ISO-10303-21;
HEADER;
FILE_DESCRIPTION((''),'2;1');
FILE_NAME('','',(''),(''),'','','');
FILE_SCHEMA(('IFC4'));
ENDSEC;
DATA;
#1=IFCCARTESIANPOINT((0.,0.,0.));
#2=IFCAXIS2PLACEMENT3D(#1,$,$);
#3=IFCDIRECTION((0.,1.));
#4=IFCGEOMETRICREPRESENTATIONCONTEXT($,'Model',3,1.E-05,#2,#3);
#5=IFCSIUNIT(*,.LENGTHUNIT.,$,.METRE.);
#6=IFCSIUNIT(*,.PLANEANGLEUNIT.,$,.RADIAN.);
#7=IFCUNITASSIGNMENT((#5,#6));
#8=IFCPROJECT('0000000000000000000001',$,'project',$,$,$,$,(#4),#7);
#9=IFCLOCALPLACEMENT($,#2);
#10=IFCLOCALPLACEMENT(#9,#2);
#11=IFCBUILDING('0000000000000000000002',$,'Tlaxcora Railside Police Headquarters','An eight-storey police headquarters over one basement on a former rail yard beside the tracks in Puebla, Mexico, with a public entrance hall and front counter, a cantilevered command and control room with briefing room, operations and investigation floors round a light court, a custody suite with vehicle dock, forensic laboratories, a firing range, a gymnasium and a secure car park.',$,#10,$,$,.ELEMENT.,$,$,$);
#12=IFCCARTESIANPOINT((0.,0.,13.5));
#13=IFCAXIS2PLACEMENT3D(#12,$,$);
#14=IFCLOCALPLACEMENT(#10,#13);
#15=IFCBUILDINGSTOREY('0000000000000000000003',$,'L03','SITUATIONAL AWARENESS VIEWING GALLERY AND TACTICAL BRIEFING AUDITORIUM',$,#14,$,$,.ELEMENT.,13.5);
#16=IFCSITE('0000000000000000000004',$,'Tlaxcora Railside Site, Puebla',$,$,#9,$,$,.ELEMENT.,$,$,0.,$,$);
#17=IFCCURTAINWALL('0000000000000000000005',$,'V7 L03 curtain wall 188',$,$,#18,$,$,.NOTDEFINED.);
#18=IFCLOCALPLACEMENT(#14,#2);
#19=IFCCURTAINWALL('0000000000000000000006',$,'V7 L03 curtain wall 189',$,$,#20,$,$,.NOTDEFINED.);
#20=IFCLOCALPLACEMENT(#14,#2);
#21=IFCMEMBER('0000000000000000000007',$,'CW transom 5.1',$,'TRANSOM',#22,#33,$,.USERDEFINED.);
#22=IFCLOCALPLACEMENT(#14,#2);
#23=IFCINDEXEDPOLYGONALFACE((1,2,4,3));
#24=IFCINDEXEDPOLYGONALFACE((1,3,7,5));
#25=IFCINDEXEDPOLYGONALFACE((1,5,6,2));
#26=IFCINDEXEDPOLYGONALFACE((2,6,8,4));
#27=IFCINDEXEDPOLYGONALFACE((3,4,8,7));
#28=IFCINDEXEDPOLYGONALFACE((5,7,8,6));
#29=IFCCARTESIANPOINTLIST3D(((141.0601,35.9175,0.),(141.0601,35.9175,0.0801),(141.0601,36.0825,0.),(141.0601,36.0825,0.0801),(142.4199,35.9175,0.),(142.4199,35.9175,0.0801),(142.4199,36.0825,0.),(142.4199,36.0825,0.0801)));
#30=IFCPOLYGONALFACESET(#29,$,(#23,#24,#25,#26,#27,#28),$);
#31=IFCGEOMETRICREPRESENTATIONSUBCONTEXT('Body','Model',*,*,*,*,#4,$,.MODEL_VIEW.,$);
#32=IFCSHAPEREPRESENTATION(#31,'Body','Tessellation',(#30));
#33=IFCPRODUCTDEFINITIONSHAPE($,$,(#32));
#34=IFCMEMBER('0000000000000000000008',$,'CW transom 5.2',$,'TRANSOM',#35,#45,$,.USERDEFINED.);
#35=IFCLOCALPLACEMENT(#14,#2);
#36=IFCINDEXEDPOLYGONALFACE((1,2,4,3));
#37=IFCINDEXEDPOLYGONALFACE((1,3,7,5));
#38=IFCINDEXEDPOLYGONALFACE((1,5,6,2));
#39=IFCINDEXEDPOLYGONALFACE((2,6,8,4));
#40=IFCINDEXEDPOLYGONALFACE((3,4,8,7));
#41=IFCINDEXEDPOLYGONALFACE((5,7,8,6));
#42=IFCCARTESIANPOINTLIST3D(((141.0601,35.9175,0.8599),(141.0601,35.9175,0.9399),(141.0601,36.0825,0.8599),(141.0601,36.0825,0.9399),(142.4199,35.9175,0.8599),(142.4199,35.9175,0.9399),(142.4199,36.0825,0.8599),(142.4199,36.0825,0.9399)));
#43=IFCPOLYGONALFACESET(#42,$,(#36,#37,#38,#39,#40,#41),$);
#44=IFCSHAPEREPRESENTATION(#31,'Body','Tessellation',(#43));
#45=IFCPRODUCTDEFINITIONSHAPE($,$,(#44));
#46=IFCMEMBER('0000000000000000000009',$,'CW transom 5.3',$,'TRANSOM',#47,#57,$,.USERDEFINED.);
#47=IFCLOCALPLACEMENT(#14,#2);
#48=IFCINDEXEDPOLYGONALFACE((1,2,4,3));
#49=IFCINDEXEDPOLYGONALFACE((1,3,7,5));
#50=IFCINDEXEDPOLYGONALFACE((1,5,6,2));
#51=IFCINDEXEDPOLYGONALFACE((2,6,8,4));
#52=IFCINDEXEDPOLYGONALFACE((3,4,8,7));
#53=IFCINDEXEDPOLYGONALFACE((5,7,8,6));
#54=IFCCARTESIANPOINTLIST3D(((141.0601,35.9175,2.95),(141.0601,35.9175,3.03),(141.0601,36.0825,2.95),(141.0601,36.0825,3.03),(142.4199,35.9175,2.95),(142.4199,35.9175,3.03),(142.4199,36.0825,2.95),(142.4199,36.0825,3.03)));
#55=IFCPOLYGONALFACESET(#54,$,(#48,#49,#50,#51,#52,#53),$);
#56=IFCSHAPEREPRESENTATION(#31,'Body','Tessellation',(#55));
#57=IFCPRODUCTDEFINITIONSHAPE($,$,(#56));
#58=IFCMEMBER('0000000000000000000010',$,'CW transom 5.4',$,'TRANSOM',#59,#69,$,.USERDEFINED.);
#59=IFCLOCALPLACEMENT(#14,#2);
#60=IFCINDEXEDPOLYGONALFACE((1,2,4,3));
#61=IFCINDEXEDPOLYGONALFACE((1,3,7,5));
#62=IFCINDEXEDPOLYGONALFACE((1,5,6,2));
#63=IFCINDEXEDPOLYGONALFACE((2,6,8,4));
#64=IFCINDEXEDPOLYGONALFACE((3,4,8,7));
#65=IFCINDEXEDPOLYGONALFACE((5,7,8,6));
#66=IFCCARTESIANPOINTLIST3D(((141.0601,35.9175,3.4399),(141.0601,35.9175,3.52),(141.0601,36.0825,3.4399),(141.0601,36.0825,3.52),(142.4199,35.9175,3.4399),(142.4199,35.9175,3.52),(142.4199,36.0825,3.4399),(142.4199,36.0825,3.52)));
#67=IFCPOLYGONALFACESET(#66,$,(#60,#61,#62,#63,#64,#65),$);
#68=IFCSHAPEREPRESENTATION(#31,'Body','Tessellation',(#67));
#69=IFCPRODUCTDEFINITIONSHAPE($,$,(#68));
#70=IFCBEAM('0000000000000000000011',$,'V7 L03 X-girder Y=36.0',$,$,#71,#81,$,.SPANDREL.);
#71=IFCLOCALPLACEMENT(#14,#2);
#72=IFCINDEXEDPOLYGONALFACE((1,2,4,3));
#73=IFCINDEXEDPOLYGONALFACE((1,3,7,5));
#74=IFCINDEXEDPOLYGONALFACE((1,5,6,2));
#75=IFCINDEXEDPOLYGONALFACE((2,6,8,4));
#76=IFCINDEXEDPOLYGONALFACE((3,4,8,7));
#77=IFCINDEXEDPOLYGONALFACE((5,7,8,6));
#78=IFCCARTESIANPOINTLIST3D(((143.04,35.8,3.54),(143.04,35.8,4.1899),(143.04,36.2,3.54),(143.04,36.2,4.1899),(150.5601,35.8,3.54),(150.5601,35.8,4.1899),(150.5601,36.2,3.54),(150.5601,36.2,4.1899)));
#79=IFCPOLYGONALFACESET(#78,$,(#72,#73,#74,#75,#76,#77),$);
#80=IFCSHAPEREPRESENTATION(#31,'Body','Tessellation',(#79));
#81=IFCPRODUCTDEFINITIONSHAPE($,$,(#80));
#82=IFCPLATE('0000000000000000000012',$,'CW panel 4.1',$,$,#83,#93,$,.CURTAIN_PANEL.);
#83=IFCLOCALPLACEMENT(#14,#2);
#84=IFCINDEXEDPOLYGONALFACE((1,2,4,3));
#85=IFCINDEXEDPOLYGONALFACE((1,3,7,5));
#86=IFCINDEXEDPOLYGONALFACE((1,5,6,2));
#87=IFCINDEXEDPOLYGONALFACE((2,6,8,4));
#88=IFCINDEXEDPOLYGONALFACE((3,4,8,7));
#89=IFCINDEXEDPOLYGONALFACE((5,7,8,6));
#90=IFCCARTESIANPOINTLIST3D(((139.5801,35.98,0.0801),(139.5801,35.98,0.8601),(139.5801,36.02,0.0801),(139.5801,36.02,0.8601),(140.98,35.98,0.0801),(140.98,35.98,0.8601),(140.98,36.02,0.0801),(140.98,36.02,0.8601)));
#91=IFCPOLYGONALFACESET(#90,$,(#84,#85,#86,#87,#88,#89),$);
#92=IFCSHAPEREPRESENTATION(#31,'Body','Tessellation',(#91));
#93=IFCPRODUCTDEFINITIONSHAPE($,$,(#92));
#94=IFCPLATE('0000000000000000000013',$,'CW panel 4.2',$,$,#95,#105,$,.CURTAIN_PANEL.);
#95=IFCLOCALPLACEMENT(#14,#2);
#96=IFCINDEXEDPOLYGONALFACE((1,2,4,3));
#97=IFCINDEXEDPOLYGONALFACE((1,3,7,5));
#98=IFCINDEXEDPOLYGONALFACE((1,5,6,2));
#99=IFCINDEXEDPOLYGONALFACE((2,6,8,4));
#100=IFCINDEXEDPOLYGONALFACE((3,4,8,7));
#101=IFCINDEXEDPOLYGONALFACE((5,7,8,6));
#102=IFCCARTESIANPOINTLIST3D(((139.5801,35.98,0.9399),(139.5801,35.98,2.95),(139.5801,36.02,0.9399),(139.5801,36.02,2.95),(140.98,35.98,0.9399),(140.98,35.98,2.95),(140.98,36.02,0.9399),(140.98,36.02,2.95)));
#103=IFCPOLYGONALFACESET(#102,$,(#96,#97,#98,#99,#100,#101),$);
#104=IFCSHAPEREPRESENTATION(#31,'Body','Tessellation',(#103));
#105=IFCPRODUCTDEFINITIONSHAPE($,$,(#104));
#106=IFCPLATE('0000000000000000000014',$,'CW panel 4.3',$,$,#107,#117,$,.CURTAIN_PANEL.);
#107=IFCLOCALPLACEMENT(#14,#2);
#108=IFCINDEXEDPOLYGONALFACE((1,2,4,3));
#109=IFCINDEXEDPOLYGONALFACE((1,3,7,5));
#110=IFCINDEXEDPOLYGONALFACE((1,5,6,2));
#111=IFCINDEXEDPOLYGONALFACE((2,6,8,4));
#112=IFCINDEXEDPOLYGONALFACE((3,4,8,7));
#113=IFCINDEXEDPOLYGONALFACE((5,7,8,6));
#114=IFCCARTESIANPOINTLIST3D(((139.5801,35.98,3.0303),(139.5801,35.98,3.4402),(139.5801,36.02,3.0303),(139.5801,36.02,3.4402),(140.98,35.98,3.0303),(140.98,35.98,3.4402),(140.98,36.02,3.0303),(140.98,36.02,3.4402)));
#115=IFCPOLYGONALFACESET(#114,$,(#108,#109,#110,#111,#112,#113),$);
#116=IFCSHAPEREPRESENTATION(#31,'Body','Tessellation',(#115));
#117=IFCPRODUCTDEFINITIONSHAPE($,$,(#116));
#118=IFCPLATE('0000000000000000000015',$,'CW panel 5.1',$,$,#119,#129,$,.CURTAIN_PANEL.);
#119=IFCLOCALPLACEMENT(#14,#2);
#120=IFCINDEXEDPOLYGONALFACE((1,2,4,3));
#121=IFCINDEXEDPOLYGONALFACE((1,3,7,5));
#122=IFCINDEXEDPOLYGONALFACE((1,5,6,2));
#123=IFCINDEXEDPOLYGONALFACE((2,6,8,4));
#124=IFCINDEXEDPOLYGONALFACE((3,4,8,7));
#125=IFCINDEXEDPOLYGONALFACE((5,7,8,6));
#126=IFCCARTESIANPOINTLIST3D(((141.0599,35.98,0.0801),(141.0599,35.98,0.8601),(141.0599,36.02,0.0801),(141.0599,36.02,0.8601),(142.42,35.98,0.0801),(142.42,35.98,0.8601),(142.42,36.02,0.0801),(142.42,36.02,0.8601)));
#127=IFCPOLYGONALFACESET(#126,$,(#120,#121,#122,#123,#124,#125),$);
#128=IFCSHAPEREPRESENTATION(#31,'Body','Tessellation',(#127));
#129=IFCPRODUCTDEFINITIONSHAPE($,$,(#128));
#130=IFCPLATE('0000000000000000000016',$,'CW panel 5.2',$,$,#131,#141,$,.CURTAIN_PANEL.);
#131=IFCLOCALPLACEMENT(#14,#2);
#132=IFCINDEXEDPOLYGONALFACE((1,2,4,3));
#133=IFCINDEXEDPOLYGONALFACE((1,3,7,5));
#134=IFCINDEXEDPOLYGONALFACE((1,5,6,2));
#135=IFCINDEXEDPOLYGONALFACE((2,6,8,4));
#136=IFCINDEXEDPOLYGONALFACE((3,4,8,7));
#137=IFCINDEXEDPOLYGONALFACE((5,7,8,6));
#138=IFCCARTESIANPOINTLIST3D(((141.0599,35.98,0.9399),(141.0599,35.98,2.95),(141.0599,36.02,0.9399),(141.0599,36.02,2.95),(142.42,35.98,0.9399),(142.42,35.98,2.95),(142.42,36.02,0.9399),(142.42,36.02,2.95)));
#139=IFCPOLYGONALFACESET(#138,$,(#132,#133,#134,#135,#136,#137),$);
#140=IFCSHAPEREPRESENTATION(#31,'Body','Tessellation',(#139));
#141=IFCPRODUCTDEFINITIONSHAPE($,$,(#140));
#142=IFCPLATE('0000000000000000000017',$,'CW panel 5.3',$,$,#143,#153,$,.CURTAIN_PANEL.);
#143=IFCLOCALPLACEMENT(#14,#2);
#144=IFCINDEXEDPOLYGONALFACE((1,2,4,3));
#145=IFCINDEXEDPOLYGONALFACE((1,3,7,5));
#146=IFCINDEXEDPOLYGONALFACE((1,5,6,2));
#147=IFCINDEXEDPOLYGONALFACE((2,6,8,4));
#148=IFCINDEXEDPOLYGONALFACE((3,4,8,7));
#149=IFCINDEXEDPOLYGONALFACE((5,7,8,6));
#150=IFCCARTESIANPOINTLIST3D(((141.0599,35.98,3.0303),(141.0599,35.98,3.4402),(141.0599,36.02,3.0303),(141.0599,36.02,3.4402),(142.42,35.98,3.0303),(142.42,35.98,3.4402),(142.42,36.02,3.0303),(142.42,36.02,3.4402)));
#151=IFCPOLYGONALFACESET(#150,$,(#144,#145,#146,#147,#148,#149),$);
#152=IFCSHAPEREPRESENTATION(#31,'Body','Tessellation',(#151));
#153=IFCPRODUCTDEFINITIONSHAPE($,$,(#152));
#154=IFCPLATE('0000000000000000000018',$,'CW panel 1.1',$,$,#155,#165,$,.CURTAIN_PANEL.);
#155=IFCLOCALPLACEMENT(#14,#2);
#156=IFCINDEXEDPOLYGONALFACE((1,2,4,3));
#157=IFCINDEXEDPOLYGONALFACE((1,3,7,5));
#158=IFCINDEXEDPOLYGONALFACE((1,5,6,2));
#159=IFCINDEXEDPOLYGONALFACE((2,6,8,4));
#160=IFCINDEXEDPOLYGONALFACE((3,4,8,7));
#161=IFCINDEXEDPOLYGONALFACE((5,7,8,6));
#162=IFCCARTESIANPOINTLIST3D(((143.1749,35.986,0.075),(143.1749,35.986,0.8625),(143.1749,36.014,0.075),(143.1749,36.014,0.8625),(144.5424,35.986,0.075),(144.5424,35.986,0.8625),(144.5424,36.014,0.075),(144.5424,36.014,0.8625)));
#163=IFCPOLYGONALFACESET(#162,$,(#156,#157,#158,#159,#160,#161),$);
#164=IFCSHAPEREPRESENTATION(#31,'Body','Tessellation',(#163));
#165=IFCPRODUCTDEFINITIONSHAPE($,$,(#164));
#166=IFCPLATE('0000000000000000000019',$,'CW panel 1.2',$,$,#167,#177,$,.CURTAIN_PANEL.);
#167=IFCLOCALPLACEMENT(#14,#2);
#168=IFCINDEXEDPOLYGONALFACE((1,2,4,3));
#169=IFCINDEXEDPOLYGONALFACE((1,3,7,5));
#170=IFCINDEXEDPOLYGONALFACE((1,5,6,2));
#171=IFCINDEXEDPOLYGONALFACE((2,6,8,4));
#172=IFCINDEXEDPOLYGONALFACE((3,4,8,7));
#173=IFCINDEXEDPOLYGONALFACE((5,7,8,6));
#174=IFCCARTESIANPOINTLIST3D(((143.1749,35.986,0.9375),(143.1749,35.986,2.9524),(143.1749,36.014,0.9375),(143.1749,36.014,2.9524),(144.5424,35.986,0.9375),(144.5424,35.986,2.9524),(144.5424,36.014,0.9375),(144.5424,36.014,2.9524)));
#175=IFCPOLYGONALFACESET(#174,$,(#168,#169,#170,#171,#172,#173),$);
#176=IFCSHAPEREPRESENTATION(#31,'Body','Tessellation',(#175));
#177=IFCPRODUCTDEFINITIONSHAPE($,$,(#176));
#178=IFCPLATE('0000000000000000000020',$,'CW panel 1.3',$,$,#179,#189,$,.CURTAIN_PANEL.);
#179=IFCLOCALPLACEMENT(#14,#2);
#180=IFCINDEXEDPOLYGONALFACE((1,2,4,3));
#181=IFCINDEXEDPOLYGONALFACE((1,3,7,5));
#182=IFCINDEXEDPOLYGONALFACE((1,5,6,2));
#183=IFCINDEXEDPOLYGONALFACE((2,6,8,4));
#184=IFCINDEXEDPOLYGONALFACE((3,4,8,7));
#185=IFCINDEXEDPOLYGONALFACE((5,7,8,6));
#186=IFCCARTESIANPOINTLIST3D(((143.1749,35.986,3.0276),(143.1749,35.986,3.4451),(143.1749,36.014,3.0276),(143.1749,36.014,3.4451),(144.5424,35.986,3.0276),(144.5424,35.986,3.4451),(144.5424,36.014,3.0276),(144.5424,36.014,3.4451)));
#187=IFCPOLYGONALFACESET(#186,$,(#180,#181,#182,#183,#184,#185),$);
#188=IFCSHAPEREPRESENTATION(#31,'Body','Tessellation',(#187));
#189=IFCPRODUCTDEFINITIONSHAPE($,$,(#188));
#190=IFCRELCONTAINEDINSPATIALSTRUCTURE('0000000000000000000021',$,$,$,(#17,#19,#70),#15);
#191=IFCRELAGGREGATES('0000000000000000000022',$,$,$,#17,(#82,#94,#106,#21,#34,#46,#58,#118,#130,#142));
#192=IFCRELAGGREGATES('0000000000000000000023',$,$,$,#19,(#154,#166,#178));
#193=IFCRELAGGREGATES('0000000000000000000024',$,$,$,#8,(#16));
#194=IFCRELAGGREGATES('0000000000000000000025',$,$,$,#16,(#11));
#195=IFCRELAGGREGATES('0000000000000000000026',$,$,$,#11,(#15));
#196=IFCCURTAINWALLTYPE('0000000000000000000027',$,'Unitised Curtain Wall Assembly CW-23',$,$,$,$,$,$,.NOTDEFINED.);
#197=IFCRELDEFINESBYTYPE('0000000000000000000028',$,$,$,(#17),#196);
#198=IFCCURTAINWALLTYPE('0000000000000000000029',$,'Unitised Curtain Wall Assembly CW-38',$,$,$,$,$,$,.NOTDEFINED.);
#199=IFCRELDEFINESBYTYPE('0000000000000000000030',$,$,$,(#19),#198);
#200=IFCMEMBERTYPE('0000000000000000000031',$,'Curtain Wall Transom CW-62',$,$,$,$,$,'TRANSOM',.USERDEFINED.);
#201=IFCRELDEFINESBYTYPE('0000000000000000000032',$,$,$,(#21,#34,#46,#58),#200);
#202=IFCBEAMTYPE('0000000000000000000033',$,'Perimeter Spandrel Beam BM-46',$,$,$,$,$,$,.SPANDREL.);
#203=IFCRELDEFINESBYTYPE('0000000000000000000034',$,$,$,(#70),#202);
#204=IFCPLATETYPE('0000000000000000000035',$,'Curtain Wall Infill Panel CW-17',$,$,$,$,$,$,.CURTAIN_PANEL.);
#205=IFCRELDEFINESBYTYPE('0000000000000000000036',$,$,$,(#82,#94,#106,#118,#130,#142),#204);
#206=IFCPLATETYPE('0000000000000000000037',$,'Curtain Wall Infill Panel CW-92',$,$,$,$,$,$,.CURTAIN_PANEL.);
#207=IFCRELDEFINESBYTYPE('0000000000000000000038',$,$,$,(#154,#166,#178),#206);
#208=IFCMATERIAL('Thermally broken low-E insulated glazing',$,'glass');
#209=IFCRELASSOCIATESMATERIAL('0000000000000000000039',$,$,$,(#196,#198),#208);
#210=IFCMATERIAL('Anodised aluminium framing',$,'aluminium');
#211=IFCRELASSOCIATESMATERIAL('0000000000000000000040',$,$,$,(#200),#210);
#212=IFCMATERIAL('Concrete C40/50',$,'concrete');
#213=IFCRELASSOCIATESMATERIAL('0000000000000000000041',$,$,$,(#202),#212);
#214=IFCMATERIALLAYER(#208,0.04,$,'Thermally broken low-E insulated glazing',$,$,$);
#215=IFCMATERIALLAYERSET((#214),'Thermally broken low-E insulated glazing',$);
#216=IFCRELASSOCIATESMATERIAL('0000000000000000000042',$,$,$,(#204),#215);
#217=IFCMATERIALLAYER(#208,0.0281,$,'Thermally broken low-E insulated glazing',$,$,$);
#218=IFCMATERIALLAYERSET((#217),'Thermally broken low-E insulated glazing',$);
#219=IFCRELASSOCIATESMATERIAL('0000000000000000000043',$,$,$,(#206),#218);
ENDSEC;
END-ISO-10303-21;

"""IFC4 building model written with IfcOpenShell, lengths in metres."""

from ifc_helpers import new_model, si_unit, direction, frame, origin, origin_2d, place, context, subcontext, project, spatial, rectangle, extrude, material, layer, layer_set, material_profile, profile_set, type_object, element, aggregate, save


model = new_model("IFC4")

# Units and contexts
model_context = context("Model", 3, precision=1e-05, world=origin(), true_north=direction((0.0, 1.0)))
body_context = subcontext(model_context, "Body", "Model", "MODEL_VIEW")
ifc_project = project(units=[si_unit("LENGTHUNIT", "METRE"), si_unit("PLANEANGLEUNIT", "RADIAN")], contexts=[model_context])

# Site, building, storey
site_placement = place(None, origin())
site = spatial("IfcSite", under=ifc_project, at=site_placement, Name="Tlaxcora Railside Site, Puebla", CompositionType="ELEMENT", RefElevation=0.0)
building_placement = place(site_placement, origin())
building = spatial("IfcBuilding", under=site, at=building_placement, Name="Tlaxcora Railside Police Headquarters", Description="An eight-storey police headquarters over one basement on a former rail yard beside the tracks in Puebla, Mexico, with a public entrance hall and front counter, a cantilevered command and control room with briefing room, operations and investigation floors round a light court, a custody suite with vehicle dock, forensic laboratories, a firing range, a gymnasium and a secure car park.", CompositionType="ELEMENT")
storey_placement = place(building_placement, frame((0.0, 0.0, 13.5)))
storey = spatial("IfcBuildingStorey", under=building, at=storey_placement, Name="L03", Description="SITUATIONAL AWARENESS VIEWING GALLERY AND TACTICAL BRIEFING AUDITORIUM", CompositionType="ELEMENT", Elevation=13.5)

# Shared definitions
ifc_material_1 = material(Name="Concrete C40/50", Category="concrete")

# Curtain walls
ifc_material_2 = material(Name="Thermally broken low-E insulated glazing", Category="glass")
curtain_wall_type_1 = type_object("IfcCurtainWallType", Name="Unitised Curtain Wall Assembly CW-23", PredefinedType="NOTDEFINED", material=ifc_material_2)
curtain_wall_1_placement = place(storey_placement, origin())
curtain_wall_1 = element("IfcCurtainWall", 1, at=curtain_wall_1_placement, inside=storey, type_object=curtain_wall_type_1, Name="V7 L03 curtain wall 188", PredefinedType="NOTDEFINED")
ifc_material_3 = material(Name="Anodised aluminium framing", Category="aluminium")
curtain_wall_type_2 = type_object("IfcCurtainWallType", Name="Unitised Curtain Wall Assembly CW-38", PredefinedType="NOTDEFINED", material=ifc_material_2)
curtain_wall_2_placement = place(storey_placement, origin())
curtain_wall_2 = element("IfcCurtainWall", 2, at=curtain_wall_2_placement, inside=storey, type_object=curtain_wall_type_2, Name="V7 L03 curtain wall 189", PredefinedType="NOTDEFINED")

# Members
ifc_material_profile_1 = material_profile(ifc_material_3, rectangle(XDim=0.165, YDim=0.0801, at=origin_2d()), Name="AL80X165")
ifc_profile_set_1 = profile_set([ifc_material_profile_1], Name="Anodised aluminium framing")
member_type_1 = type_object("IfcMemberType", Name="Curtain Wall Transom CW-62", ElementType="TRANSOM", PredefinedType="USERDEFINED", material=ifc_profile_set_1)
member_1_placement = place(storey_placement, frame((141.0601, 36.0, 0.04), z_axis=(1.0, 0.0, 0.0), x_axis=(0.0, 1.0, 0.0)))
member_1 = element("IfcMember", 3, at=member_1_placement, type_object=member_type_1, Name="CW transom 5.1", ObjectType="TRANSOM", PredefinedType="USERDEFINED", context=body_context, shape_type="SweptSolid", body=[
    extrude(rectangle(XDim=0.165, YDim=0.0801, at=origin_2d()), origin(), (0.0, 0.0, 1.0), 1.3599),
])
member_2_placement = place(storey_placement, frame((141.0601, 36.0, 0.8999), z_axis=(1.0, 0.0, 0.0), x_axis=(0.0, 1.0, 0.0)))
member_2 = element("IfcMember", 4, at=member_2_placement, type_object=member_type_1, Name="CW transom 5.2", ObjectType="TRANSOM", PredefinedType="USERDEFINED", context=body_context, shape_type="SweptSolid", body=[
    extrude(rectangle(XDim=0.165, YDim=0.0801, at=origin_2d()), origin(), (0.0, 0.0, 1.0), 1.3599),
])
member_3_placement = place(storey_placement, frame((141.0601, 36.0, 2.99), z_axis=(1.0, 0.0, 0.0), x_axis=(0.0, 1.0, 0.0)))
member_3 = element("IfcMember", 5, at=member_3_placement, type_object=member_type_1, Name="CW transom 5.3", ObjectType="TRANSOM", PredefinedType="USERDEFINED", context=body_context, shape_type="SweptSolid", body=[
    extrude(rectangle(XDim=0.165, YDim=0.0801, at=origin_2d()), origin(), (0.0, 0.0, 1.0), 1.3599),
])
member_4_placement = place(storey_placement, frame((141.0601, 36.0, 3.48), z_axis=(1.0, 0.0, 0.0), x_axis=(0.0, 1.0, 0.0)))
member_4 = element("IfcMember", 6, at=member_4_placement, type_object=member_type_1, Name="CW transom 5.4", ObjectType="TRANSOM", PredefinedType="USERDEFINED", context=body_context, shape_type="SweptSolid", body=[
    extrude(rectangle(XDim=0.165, YDim=0.0801, at=origin_2d()), origin(), (0.0, 0.0, 1.0), 1.3599),
])

# Beam
ifc_material_profile_2 = material_profile(ifc_material_1, rectangle(XDim=0.3999, YDim=0.6499, at=origin_2d()), Name="RC400X650")
ifc_profile_set_2 = profile_set([ifc_material_profile_2], Name="Concrete C40/50")
beam_type = type_object("IfcBeamType", Name="Perimeter Spandrel Beam BM-46", PredefinedType="SPANDREL", material=ifc_profile_set_2)
beam_placement = place(storey_placement, frame((143.04, 36.0, 3.865), z_axis=(1.0, 0.0, 0.0), x_axis=(0.0, 1.0, 0.0)))
element("IfcBeam", 7, at=beam_placement, inside=storey, type_object=beam_type, Name="V7 L03 X-girder Y=36.0", PredefinedType="SPANDREL", context=body_context, shape_type="SweptSolid", body=[
    extrude(rectangle(XDim=0.3999, YDim=0.6499, at=origin_2d()), origin(), (0.0, 0.0, 1.0), 7.52),
])

# Plates
ifc_layer_1 = layer(ifc_material_2, 0.04, Name="Thermally broken low-E insulated glazing")
ifc_layer_set_1 = layer_set([ifc_layer_1], Name="Thermally broken low-E insulated glazing")
plate_type_1 = type_object("IfcPlateType", Name="Curtain Wall Infill Panel CW-17", PredefinedType="CURTAIN_PANEL", material=ifc_layer_set_1)
plate_1_placement = place(storey_placement, frame((140.28, 36.0, 0.0801), z_axis=(0.0, 0.0, 1.0), x_axis=(1.0, 0.0, 0.0)))
plate_1 = element("IfcPlate", 8, at=plate_1_placement, type_object=plate_type_1, Name="CW panel 4.1", PredefinedType="CURTAIN_PANEL", context=body_context, shape_type="SweptSolid", body=[
    extrude(rectangle(XDim=1.3999, YDim=0.04, at=origin_2d()), origin(), (0.0, 0.0, 1.0), 0.78),
])
plate_2_placement = place(storey_placement, frame((140.28, 36.0, 0.9399), z_axis=(0.0, 0.0, 1.0), x_axis=(1.0, 0.0, 0.0)))
plate_2 = element("IfcPlate", 9, at=plate_2_placement, type_object=plate_type_1, Name="CW panel 4.2", PredefinedType="CURTAIN_PANEL", context=body_context, shape_type="SweptSolid", body=[
    extrude(rectangle(XDim=1.3999, YDim=0.04, at=origin_2d()), origin(), (0.0, 0.0, 1.0), 2.01),
])
plate_3_placement = place(storey_placement, frame((140.28, 36.0, 3.0303), z_axis=(0.0, 0.0, 1.0), x_axis=(1.0, 0.0, 0.0)))
plate_3 = element("IfcPlate", 10, at=plate_3_placement, type_object=plate_type_1, Name="CW panel 4.3", PredefinedType="CURTAIN_PANEL", context=body_context, shape_type="SweptSolid", body=[
    extrude(rectangle(XDim=1.3999, YDim=0.04, at=origin_2d()), origin(), (0.0, 0.0, 1.0), 0.4099),
])
plate_4_placement = place(storey_placement, frame((141.74, 36.0, 0.0801), z_axis=(0.0, 0.0, 1.0), x_axis=(1.0, 0.0, 0.0)))
plate_4 = element("IfcPlate", 11, at=plate_4_placement, type_object=plate_type_1, Name="CW panel 5.1", PredefinedType="CURTAIN_PANEL", context=body_context, shape_type="SweptSolid", body=[
    extrude(rectangle(XDim=1.3601, YDim=0.04, at=origin_2d()), origin(), (0.0, 0.0, 1.0), 0.78),
])
plate_5_placement = place(storey_placement, frame((141.74, 36.0, 0.9399), z_axis=(0.0, 0.0, 1.0), x_axis=(1.0, 0.0, 0.0)))
plate_5 = element("IfcPlate", 12, at=plate_5_placement, type_object=plate_type_1, Name="CW panel 5.2", PredefinedType="CURTAIN_PANEL", context=body_context, shape_type="SweptSolid", body=[
    extrude(rectangle(XDim=1.3601, YDim=0.04, at=origin_2d()), origin(), (0.0, 0.0, 1.0), 2.01),
])
plate_6_placement = place(storey_placement, frame((141.74, 36.0, 3.0303), z_axis=(0.0, 0.0, 1.0), x_axis=(1.0, 0.0, 0.0)))
plate_6 = element("IfcPlate", 13, at=plate_6_placement, type_object=plate_type_1, Name="CW panel 5.3", PredefinedType="CURTAIN_PANEL", context=body_context, shape_type="SweptSolid", body=[
    extrude(rectangle(XDim=1.3601, YDim=0.04, at=origin_2d()), origin(), (0.0, 0.0, 1.0), 0.4099),
])
aggregate(curtain_wall_1, [plate_1, plate_2, plate_3, member_1, member_2, member_3, member_4, plate_4, plate_5, plate_6])
ifc_layer_2 = layer(ifc_material_2, 0.0281, Name="Thermally broken low-E insulated glazing")
ifc_layer_set_2 = layer_set([ifc_layer_2], Name="Thermally broken low-E insulated glazing")
plate_type_2 = type_object("IfcPlateType", Name="Curtain Wall Infill Panel CW-92", PredefinedType="CURTAIN_PANEL", material=ifc_layer_set_2)
plate_7_placement = place(storey_placement, frame((143.8586, 36.0, 0.075), z_axis=(0.0, 0.0, 1.0), x_axis=(1.0, 0.0, 0.0)))
plate_7 = element("IfcPlate", 14, at=plate_7_placement, type_object=plate_type_2, Name="CW panel 1.1", PredefinedType="CURTAIN_PANEL", context=body_context, shape_type="SweptSolid", body=[
    extrude(rectangle(XDim=1.3674, YDim=0.0281, at=origin_2d()), origin(), (0.0, 0.0, 1.0), 0.7876),
])
plate_8_placement = place(storey_placement, frame((143.8586, 36.0, 0.9375), z_axis=(0.0, 0.0, 1.0), x_axis=(1.0, 0.0, 0.0)))
plate_8 = element("IfcPlate", 15, at=plate_8_placement, type_object=plate_type_2, Name="CW panel 1.2", PredefinedType="CURTAIN_PANEL", context=body_context, shape_type="SweptSolid", body=[
    extrude(rectangle(XDim=1.3674, YDim=0.0281, at=origin_2d()), origin(), (0.0, 0.0, 1.0), 2.0149),
])
plate_9_placement = place(storey_placement, frame((143.8586, 36.0, 3.0276), z_axis=(0.0, 0.0, 1.0), x_axis=(1.0, 0.0, 0.0)))
plate_9 = element("IfcPlate", 16, at=plate_9_placement, type_object=plate_type_2, Name="CW panel 1.3", PredefinedType="CURTAIN_PANEL", context=body_context, shape_type="SweptSolid", body=[
    extrude(rectangle(XDim=1.3674, YDim=0.0281, at=origin_2d()), origin(), (0.0, 0.0, 1.0), 0.4175),
])
aggregate(curtain_wall_2, [plate_7, plate_8, plate_9])

save(model, "model.ifc")
